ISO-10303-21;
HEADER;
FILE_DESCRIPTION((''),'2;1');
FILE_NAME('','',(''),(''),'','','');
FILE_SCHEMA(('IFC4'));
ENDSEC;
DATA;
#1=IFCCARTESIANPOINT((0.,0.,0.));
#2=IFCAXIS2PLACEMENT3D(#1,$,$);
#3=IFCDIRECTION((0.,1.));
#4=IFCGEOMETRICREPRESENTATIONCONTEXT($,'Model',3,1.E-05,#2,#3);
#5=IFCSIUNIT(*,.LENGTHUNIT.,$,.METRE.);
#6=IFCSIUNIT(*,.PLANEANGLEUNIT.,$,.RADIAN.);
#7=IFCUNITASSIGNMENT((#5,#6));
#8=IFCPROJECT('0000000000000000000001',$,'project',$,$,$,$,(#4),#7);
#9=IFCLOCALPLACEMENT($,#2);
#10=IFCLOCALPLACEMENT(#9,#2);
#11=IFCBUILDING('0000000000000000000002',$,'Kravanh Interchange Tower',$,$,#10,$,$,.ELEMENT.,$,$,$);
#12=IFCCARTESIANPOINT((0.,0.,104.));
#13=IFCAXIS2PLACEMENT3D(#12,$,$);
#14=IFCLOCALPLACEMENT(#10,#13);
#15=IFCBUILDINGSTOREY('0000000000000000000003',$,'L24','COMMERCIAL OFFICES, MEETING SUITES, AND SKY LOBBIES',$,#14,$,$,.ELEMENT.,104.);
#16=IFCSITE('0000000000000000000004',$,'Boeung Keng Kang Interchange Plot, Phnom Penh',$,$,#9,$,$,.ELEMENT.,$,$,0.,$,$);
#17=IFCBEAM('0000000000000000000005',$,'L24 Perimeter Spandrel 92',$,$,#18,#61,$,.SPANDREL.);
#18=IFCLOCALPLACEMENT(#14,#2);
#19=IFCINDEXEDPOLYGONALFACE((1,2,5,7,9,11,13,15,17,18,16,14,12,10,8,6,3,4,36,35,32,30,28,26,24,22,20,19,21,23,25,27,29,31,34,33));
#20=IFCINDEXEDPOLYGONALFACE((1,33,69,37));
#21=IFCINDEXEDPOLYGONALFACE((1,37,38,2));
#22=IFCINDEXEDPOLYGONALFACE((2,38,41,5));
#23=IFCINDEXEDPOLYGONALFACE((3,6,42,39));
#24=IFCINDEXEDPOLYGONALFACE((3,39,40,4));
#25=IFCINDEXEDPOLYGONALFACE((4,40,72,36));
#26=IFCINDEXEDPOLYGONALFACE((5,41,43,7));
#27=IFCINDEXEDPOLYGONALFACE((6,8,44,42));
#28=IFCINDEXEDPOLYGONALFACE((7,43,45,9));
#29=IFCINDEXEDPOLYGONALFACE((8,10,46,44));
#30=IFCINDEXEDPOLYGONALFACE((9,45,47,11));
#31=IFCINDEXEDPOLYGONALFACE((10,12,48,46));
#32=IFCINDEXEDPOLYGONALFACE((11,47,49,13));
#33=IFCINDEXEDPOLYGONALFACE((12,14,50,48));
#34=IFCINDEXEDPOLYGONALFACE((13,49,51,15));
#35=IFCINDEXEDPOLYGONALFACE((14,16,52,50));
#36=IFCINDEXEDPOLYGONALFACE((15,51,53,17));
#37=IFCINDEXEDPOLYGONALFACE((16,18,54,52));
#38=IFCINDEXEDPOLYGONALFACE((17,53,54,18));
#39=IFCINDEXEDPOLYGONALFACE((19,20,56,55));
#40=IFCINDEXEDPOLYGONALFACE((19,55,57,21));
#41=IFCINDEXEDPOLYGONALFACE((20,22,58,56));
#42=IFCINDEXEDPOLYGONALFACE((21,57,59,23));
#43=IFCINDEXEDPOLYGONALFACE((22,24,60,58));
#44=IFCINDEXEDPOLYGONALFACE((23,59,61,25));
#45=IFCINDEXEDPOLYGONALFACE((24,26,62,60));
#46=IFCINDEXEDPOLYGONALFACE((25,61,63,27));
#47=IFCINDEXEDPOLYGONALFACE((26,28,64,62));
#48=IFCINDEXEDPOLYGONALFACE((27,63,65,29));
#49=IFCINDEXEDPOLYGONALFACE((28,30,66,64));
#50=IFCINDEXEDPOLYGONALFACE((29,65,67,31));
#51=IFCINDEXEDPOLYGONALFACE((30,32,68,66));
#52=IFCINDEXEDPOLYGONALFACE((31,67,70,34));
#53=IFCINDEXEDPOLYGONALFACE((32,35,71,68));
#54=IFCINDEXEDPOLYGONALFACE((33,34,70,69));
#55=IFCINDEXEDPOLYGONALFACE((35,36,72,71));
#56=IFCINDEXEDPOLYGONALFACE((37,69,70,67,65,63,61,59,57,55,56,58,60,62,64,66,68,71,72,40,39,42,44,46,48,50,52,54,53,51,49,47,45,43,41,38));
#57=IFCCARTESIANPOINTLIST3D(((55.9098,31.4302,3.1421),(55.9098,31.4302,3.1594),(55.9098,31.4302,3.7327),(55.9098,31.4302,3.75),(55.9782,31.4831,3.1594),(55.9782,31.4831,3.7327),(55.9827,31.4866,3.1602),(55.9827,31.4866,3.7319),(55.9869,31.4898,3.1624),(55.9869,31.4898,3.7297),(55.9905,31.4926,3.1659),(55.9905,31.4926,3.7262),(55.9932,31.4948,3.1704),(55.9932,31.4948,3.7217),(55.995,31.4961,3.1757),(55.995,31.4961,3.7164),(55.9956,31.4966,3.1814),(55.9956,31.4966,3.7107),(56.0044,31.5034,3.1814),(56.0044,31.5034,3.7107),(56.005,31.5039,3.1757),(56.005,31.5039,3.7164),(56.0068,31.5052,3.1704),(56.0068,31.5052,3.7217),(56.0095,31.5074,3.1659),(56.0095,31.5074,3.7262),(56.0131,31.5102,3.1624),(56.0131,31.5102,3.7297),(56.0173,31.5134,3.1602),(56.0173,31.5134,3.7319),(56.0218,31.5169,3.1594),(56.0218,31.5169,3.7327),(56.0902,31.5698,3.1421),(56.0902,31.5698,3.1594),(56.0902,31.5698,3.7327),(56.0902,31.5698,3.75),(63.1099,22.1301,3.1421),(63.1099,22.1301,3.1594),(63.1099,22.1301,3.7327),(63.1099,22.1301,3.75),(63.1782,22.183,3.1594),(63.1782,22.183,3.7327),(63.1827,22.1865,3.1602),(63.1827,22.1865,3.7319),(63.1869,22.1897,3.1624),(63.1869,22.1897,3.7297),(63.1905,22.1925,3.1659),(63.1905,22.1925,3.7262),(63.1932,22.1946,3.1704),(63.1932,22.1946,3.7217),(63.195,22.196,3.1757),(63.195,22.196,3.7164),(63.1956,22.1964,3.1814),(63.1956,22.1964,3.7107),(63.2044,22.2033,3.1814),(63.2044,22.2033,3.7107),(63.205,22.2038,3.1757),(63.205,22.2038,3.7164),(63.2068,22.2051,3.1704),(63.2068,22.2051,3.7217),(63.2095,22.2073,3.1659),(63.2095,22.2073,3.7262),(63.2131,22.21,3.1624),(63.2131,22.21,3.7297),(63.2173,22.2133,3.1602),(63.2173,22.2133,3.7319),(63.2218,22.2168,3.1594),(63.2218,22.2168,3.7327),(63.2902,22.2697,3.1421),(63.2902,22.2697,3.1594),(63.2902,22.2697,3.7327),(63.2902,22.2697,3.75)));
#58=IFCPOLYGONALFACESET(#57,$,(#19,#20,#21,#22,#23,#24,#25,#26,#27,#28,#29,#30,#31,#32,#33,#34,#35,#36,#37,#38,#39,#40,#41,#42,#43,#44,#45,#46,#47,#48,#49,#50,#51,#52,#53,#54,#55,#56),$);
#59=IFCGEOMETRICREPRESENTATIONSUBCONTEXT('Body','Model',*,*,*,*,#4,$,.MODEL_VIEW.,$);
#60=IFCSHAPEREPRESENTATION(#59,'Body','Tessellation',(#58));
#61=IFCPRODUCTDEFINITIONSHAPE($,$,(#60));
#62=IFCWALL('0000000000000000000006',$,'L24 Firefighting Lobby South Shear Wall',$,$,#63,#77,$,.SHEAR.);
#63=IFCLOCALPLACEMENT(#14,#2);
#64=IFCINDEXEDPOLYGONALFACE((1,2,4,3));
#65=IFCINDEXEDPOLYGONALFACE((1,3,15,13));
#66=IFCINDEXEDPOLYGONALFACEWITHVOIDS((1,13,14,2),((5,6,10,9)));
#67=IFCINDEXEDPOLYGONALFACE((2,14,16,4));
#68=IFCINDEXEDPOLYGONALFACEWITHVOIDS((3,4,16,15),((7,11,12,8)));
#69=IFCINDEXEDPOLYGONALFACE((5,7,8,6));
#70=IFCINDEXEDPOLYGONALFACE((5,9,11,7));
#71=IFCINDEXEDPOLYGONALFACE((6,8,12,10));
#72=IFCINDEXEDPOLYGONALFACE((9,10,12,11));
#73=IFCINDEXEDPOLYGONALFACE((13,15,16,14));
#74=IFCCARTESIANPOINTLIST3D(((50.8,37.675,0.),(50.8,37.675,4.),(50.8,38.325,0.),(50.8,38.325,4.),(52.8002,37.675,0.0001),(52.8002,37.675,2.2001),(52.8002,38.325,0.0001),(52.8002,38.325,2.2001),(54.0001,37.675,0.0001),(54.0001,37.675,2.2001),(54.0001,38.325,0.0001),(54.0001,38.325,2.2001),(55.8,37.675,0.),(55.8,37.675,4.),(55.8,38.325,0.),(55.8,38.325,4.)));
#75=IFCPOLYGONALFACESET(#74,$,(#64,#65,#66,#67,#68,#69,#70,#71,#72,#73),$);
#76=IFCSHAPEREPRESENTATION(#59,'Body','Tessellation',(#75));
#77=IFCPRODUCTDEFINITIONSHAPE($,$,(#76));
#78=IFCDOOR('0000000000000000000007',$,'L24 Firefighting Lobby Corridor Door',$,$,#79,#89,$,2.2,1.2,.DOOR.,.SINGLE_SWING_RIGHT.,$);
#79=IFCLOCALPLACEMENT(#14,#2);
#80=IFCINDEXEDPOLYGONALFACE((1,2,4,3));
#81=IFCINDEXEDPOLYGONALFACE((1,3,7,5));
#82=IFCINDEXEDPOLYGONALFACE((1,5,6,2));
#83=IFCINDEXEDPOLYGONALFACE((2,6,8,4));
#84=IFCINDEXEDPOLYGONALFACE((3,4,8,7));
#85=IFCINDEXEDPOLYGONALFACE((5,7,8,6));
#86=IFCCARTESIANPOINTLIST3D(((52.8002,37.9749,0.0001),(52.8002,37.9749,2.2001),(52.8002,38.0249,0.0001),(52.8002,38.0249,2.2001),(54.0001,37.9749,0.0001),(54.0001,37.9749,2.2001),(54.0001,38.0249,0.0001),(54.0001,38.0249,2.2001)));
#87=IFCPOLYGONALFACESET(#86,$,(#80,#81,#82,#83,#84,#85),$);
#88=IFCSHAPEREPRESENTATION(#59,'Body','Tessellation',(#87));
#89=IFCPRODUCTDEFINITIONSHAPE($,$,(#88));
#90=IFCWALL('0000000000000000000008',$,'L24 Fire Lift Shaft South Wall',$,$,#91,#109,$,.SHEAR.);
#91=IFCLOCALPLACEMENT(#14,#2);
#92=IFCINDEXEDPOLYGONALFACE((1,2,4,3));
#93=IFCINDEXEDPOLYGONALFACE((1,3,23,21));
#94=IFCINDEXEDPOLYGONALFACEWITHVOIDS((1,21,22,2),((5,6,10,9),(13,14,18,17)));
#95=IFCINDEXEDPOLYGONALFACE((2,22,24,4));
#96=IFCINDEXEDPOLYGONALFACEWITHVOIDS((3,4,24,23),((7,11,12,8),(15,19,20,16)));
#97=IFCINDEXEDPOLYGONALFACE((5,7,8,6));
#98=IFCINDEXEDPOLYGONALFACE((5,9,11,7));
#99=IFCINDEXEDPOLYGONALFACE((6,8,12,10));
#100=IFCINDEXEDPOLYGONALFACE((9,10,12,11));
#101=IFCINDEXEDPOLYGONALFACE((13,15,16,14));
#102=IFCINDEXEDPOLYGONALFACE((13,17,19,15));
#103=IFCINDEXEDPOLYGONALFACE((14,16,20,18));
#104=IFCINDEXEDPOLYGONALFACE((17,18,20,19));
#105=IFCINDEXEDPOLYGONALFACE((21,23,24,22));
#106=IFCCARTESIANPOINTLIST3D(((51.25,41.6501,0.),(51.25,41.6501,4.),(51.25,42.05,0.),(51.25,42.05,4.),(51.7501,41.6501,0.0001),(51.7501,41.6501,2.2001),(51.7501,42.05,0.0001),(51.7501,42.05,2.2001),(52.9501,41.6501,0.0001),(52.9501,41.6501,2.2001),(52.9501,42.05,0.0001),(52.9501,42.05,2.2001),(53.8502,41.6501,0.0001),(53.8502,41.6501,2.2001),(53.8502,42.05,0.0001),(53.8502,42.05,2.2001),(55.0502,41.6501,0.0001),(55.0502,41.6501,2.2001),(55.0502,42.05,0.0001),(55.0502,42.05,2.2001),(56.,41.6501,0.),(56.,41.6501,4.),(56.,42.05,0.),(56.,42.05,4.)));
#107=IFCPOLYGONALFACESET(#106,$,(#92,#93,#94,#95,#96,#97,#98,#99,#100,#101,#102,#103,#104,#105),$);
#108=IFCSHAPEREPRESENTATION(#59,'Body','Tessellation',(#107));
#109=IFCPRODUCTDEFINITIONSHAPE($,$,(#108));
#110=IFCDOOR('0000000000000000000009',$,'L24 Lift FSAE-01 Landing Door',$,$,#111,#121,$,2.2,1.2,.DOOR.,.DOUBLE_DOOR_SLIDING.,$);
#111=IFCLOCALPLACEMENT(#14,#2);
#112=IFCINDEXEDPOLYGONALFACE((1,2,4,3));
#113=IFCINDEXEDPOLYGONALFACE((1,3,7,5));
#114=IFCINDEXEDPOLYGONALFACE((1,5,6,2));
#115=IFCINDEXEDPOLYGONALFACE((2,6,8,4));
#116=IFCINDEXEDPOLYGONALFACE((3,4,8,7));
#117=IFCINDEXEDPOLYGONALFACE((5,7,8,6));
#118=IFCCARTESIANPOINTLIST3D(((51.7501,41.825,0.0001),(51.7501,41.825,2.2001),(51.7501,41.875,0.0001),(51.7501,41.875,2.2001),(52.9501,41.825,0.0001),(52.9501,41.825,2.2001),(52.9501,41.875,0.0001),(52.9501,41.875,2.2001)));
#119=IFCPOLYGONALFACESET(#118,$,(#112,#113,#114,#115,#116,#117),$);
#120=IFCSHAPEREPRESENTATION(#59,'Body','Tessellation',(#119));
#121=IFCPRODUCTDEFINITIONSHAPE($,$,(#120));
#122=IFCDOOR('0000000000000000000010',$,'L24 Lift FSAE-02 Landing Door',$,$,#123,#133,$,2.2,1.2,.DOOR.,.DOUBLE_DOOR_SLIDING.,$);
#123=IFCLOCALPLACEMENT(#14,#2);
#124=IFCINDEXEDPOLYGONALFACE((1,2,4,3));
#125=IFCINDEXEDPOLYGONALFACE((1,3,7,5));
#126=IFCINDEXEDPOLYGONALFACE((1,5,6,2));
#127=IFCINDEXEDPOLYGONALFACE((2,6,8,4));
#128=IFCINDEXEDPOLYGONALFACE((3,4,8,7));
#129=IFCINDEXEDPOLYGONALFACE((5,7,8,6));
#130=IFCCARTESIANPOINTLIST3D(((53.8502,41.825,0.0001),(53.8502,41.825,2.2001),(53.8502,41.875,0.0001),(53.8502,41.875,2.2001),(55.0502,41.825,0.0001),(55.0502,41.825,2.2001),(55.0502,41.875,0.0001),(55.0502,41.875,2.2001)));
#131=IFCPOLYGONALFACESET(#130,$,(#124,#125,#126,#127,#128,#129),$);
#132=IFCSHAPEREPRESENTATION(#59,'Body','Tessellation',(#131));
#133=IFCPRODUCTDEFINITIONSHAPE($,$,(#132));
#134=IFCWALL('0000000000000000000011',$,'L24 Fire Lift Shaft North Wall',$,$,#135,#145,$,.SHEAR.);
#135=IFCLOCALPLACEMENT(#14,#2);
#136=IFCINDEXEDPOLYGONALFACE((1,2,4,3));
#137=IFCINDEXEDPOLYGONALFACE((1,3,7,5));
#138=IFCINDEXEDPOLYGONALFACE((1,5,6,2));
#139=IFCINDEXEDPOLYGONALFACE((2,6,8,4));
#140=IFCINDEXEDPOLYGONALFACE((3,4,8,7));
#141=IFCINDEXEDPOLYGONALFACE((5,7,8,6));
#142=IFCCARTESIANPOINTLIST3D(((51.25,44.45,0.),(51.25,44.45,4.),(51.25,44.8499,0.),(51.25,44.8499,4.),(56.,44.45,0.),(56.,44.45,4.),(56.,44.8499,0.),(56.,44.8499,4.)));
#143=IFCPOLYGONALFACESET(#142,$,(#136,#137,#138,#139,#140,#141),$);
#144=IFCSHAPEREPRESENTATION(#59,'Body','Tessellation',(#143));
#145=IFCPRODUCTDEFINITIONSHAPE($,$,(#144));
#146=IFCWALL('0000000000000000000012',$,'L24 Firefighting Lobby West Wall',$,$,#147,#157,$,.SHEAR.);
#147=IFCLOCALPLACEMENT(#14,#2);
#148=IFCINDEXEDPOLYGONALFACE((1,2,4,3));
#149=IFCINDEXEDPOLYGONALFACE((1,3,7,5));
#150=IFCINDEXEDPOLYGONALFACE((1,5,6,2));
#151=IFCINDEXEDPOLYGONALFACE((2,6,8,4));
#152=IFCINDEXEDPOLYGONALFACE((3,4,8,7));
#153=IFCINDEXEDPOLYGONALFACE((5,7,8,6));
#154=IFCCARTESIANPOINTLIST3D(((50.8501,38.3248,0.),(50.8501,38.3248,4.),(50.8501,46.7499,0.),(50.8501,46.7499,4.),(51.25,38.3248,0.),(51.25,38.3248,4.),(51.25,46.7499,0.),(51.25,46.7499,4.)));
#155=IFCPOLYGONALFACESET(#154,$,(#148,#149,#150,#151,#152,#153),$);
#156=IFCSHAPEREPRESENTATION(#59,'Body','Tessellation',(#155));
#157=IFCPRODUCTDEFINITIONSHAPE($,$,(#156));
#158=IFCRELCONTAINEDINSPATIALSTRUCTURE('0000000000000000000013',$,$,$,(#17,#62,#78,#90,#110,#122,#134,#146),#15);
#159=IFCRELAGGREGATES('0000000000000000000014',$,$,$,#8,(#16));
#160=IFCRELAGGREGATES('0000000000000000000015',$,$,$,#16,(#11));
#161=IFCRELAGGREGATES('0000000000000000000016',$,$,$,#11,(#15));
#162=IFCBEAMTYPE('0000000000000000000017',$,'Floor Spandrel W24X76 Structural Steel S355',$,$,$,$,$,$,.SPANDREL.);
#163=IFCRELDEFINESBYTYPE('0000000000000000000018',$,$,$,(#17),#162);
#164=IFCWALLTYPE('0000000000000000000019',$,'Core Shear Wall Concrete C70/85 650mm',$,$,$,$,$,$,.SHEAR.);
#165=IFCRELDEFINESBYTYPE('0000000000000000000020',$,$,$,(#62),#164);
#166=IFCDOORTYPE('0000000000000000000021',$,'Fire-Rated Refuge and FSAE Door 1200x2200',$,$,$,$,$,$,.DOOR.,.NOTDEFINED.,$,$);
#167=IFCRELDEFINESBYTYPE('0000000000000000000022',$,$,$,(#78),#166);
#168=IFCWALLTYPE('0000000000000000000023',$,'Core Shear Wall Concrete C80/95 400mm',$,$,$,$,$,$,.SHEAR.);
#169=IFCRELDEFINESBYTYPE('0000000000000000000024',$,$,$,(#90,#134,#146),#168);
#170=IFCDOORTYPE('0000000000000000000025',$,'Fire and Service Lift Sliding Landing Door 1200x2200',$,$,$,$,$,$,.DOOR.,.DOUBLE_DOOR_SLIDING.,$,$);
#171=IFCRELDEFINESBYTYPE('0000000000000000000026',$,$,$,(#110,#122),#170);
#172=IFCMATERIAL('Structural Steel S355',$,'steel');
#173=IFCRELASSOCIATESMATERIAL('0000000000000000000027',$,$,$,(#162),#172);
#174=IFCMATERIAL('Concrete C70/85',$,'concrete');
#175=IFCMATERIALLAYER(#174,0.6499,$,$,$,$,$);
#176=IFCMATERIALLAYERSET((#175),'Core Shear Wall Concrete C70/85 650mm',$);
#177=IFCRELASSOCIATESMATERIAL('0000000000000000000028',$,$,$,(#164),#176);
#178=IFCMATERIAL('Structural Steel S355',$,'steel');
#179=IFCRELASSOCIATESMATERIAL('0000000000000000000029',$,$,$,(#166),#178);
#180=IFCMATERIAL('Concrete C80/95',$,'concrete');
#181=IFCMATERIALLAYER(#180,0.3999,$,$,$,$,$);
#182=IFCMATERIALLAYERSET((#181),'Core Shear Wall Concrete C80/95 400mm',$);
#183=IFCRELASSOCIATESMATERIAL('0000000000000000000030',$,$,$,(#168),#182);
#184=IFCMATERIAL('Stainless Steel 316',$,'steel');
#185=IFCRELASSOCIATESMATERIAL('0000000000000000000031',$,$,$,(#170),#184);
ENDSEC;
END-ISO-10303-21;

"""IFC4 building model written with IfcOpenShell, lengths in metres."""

from ifc_helpers import new_model, si_unit, direction, frame, frame_2d, origin, origin_2d, place, context, subcontext, project, spatial, rectangle, i_section, extrude, material, layer, layer_set, material_profile, profile_set, type_object, element, fill, save


model = new_model("IFC4")

# Units and contexts
model_context = context("Model", 3, precision=1e-05, world=origin(), true_north=direction((0.0, 1.0)))
body_context = subcontext(model_context, "Body", "Model", "MODEL_VIEW")
ifc_project = project(units=[si_unit("LENGTHUNIT", "METRE"), si_unit("PLANEANGLEUNIT", "RADIAN")], contexts=[model_context])

# Site, building, storey
site_placement = place(None, origin())
site = spatial("IfcSite", under=ifc_project, at=site_placement, Name="Boeung Keng Kang Interchange Plot, Phnom Penh", CompositionType="ELEMENT", RefElevation=0.0)
building_placement = place(site_placement, origin())
building = spatial("IfcBuilding", under=site, at=building_placement, Name="Kravanh Interchange Tower", CompositionType="ELEMENT")
storey_placement = place(building_placement, frame((0.0, 0.0, 104.0)))
storey = spatial("IfcBuildingStorey", under=building, at=storey_placement, Name="L24", Description="COMMERCIAL OFFICES, MEETING SUITES, AND SKY LOBBIES", CompositionType="ELEMENT", Elevation=104.0)

# Beam
ifc_material_1 = material(Name="Structural Steel S355", Category="steel")
ifc_material_profile_1 = material_profile(ifc_material_1, i_section(OverallWidth=0.228, OverallDepth=0.6079, WebThickness=0.0112, FlangeThickness=0.0173, FilletRadius=0.022, at=origin_2d()), Name="W24X76")
ifc_profile_set_1 = profile_set([ifc_material_profile_1], Name="Structural Steel S355")
beam_type_1 = type_object("IfcBeamType", Name="Floor Spandrel W24X76 Structural Steel S355", PredefinedType="SPANDREL", material=ifc_profile_set_1)
beam_1_placement = place(storey_placement, frame((56.0, 31.5, 3.446), z_axis=(0.612169, -0.790727, 0.0), x_axis=(0.790727, 0.612169, 0.0)))
element("IfcBeam", 1, at=beam_1_placement, inside=storey, type_object=beam_type_1, Name="L24 Perimeter Spandrel 92", PredefinedType="SPANDREL", context=body_context, shape_type="SweptSolid", body=[
    extrude(i_section(OverallWidth=0.228, OverallDepth=0.6079, WebThickness=0.0112, FlangeThickness=0.0173, FilletRadius=0.022, at=origin_2d()), origin(), (0.0, 0.0, 1.0), 11.7615),
])

# Shared definitions
ifc_material_2 = material(Name="Concrete C70/85", Category="concrete")
ifc_layer_1 = layer(ifc_material_2, 0.6499)
ifc_layer_set_1 = layer_set([ifc_layer_1], Name="Core Shear Wall Concrete C70/85 650mm")
wall_type_1 = type_object("IfcWallType", Name="Core Shear Wall Concrete C70/85 650mm", PredefinedType="SHEAR", material=ifc_layer_set_1)

# Wall, opening, door
wall_1_placement = place(storey_placement, frame((50.8, 38.0, 0.0), z_axis=(0.0, 0.0, 1.0), x_axis=(1.0, 0.0, 0.0)))
wall_1 = element("IfcWall", 2, at=wall_1_placement, inside=storey, type_object=wall_type_1, Name="L24 Firefighting Lobby South Shear Wall", PredefinedType="SHEAR", context=body_context, shape_type="SweptSolid", body=[
    extrude(rectangle(XDim=5.0, YDim=0.6499, at=frame_2d((2.5, 0.0))), origin(), (0.0, 0.0, 1.0), 4.0),
])
opening_1_placement = place(wall_1_placement, frame((2.0, 0.0, 0.0)))
opening_1 = element("IfcOpeningElement", 3, at=opening_1_placement, cuts=wall_1, PredefinedType="OPENING", context=body_context, shape_type="SweptSolid", body=[
    extrude(rectangle(XDim=1.2, YDim=2.2, at=frame_2d((0.6001, 1.1001))), frame((0.0, 0.335, 0.0), z_axis=(0.0, -1.0, 0.0), x_axis=(1.0, 0.0, 0.0)), (0.0, 0.0, 1.0), 0.6699),
])
ifc_material_3 = material(Name="Structural Steel S355", Category="steel")
door_type_1 = type_object("IfcDoorType", Name="Fire-Rated Refuge and FSAE Door 1200x2200", OperationType="NOTDEFINED", PredefinedType="DOOR", material=ifc_material_3)
door_1_placement = place(opening_1_placement, origin())
door_1 = element("IfcDoor", 4, at=door_1_placement, inside=storey, type_object=door_type_1, Name="L24 Firefighting Lobby Corridor Door", OperationType="SINGLE_SWING_RIGHT", OverallHeight=2.2, OverallWidth=1.2, PredefinedType="DOOR", context=body_context, shape_type="SweptSolid", body=[
    extrude(rectangle(XDim=1.2, YDim=2.2, at=frame_2d((0.6001, 1.1001))), frame((0.0, 0.0249, 0.0), z_axis=(0.0, -1.0, 0.0), x_axis=(1.0, 0.0, 0.0)), (0.0, 0.0, 1.0), 0.05),
])
fill(opening_1, door_1)

# Wall, openings, doors
ifc_material_4 = material(Name="Concrete C80/95", Category="concrete")
ifc_layer_2 = layer(ifc_material_4, 0.3999)
ifc_layer_set_2 = layer_set([ifc_layer_2], Name="Core Shear Wall Concrete C80/95 400mm")
wall_type_2 = type_object("IfcWallType", Name="Core Shear Wall Concrete C80/95 400mm", PredefinedType="SHEAR", material=ifc_layer_set_2)
wall_2_placement = place(storey_placement, frame((51.25, 41.8501, 0.0), z_axis=(0.0, 0.0, 1.0), x_axis=(1.0, 0.0, 0.0)))
wall_2 = element("IfcWall", 5, at=wall_2_placement, inside=storey, type_object=wall_type_2, Name="L24 Fire Lift Shaft South Wall", PredefinedType="SHEAR", context=body_context, shape_type="SweptSolid", body=[
    extrude(rectangle(XDim=4.75, YDim=0.3999, at=frame_2d((2.375, 0.0))), origin(), (0.0, 0.0, 1.0), 4.0),
])
opening_2_placement = place(wall_2_placement, frame((0.5, 0.0, 0.0)))
opening_2 = element("IfcOpeningElement", 6, at=opening_2_placement, cuts=wall_2, PredefinedType="OPENING", context=body_context, shape_type="SweptSolid", body=[
    extrude(rectangle(XDim=1.2, YDim=2.2, at=frame_2d((0.6001, 1.1001))), frame((0.0, 0.21, 0.0), z_axis=(0.0, -1.0, 0.0), x_axis=(1.0, 0.0, 0.0)), (0.0, 0.0, 1.0), 0.4199),
])
opening_3_placement = place(wall_2_placement, frame((2.6001, 0.0, 0.0)))
opening_3 = element("IfcOpeningElement", 7, at=opening_3_placement, cuts=wall_2, PredefinedType="OPENING", context=body_context, shape_type="SweptSolid", body=[
    extrude(rectangle(XDim=1.2, YDim=2.2, at=frame_2d((0.6001, 1.1001))), frame((0.0, 0.21, 0.0), z_axis=(0.0, -1.0, 0.0), x_axis=(1.0, 0.0, 0.0)), (0.0, 0.0, 1.0), 0.4199),
])
ifc_material_5 = material(Name="Stainless Steel 316", Category="steel")
door_type_2 = type_object("IfcDoorType", Name="Fire and Service Lift Sliding Landing Door 1200x2200", OperationType="DOUBLE_DOOR_SLIDING", PredefinedType="DOOR", material=ifc_material_5)
door_2_placement = place(opening_2_placement, origin())
door_2 = element("IfcDoor", 8, at=door_2_placement, inside=storey, type_object=door_type_2, Name="L24 Lift FSAE-01 Landing Door", OperationType="DOUBLE_DOOR_SLIDING", OverallHeight=2.2, OverallWidth=1.2, PredefinedType="DOOR", context=body_context, shape_type="SweptSolid", body=[
    extrude(rectangle(XDim=1.2, YDim=2.2, at=frame_2d((0.6001, 1.1001))), frame((0.0, 0.0249, 0.0), z_axis=(0.0, -1.0, 0.0), x_axis=(1.0, 0.0, 0.0)), (0.0, 0.0, 1.0), 0.05),
])
fill(opening_2, door_2)
door_3_placement = place(opening_3_placement, origin())
door_3 = element("IfcDoor", 9, at=door_3_placement, inside=storey, type_object=door_type_2, Name="L24 Lift FSAE-02 Landing Door", OperationType="DOUBLE_DOOR_SLIDING", OverallHeight=2.2, OverallWidth=1.2, PredefinedType="DOOR", context=body_context, shape_type="SweptSolid", body=[
    extrude(rectangle(XDim=1.2, YDim=2.2, at=frame_2d((0.6001, 1.1001))), frame((0.0, 0.0249, 0.0), z_axis=(0.0, -1.0, 0.0), x_axis=(1.0, 0.0, 0.0)), (0.0, 0.0, 1.0), 0.05),
])
fill(opening_3, door_3)

# Walls
wall_3_placement = place(storey_placement, frame((51.25, 44.6499, 0.0), z_axis=(0.0, 0.0, 1.0), x_axis=(1.0, 0.0, 0.0)))
element("IfcWall", 10, at=wall_3_placement, inside=storey, type_object=wall_type_2, Name="L24 Fire Lift Shaft North Wall", PredefinedType="SHEAR", context=body_context, shape_type="SweptSolid", body=[
    extrude(rectangle(XDim=4.75, YDim=0.3999, at=frame_2d((2.375, 0.0))), origin(), (0.0, 0.0, 1.0), 4.0),
])
wall_4_placement = place(storey_placement, frame((51.05, 38.325, 0.0), z_axis=(0.0, 0.0, 1.0), x_axis=(0.0, 1.0, 0.0)))
element("IfcWall", 11, at=wall_4_placement, inside=storey, type_object=wall_type_2, Name="L24 Firefighting Lobby West Wall", PredefinedType="SHEAR", context=body_context, shape_type="SweptSolid", body=[
    extrude(rectangle(XDim=8.425, YDim=0.3999, at=frame_2d((4.2124, 0.0))), origin(), (0.0, 0.0, 1.0), 4.0),
])

save(model, "model.ifc")
